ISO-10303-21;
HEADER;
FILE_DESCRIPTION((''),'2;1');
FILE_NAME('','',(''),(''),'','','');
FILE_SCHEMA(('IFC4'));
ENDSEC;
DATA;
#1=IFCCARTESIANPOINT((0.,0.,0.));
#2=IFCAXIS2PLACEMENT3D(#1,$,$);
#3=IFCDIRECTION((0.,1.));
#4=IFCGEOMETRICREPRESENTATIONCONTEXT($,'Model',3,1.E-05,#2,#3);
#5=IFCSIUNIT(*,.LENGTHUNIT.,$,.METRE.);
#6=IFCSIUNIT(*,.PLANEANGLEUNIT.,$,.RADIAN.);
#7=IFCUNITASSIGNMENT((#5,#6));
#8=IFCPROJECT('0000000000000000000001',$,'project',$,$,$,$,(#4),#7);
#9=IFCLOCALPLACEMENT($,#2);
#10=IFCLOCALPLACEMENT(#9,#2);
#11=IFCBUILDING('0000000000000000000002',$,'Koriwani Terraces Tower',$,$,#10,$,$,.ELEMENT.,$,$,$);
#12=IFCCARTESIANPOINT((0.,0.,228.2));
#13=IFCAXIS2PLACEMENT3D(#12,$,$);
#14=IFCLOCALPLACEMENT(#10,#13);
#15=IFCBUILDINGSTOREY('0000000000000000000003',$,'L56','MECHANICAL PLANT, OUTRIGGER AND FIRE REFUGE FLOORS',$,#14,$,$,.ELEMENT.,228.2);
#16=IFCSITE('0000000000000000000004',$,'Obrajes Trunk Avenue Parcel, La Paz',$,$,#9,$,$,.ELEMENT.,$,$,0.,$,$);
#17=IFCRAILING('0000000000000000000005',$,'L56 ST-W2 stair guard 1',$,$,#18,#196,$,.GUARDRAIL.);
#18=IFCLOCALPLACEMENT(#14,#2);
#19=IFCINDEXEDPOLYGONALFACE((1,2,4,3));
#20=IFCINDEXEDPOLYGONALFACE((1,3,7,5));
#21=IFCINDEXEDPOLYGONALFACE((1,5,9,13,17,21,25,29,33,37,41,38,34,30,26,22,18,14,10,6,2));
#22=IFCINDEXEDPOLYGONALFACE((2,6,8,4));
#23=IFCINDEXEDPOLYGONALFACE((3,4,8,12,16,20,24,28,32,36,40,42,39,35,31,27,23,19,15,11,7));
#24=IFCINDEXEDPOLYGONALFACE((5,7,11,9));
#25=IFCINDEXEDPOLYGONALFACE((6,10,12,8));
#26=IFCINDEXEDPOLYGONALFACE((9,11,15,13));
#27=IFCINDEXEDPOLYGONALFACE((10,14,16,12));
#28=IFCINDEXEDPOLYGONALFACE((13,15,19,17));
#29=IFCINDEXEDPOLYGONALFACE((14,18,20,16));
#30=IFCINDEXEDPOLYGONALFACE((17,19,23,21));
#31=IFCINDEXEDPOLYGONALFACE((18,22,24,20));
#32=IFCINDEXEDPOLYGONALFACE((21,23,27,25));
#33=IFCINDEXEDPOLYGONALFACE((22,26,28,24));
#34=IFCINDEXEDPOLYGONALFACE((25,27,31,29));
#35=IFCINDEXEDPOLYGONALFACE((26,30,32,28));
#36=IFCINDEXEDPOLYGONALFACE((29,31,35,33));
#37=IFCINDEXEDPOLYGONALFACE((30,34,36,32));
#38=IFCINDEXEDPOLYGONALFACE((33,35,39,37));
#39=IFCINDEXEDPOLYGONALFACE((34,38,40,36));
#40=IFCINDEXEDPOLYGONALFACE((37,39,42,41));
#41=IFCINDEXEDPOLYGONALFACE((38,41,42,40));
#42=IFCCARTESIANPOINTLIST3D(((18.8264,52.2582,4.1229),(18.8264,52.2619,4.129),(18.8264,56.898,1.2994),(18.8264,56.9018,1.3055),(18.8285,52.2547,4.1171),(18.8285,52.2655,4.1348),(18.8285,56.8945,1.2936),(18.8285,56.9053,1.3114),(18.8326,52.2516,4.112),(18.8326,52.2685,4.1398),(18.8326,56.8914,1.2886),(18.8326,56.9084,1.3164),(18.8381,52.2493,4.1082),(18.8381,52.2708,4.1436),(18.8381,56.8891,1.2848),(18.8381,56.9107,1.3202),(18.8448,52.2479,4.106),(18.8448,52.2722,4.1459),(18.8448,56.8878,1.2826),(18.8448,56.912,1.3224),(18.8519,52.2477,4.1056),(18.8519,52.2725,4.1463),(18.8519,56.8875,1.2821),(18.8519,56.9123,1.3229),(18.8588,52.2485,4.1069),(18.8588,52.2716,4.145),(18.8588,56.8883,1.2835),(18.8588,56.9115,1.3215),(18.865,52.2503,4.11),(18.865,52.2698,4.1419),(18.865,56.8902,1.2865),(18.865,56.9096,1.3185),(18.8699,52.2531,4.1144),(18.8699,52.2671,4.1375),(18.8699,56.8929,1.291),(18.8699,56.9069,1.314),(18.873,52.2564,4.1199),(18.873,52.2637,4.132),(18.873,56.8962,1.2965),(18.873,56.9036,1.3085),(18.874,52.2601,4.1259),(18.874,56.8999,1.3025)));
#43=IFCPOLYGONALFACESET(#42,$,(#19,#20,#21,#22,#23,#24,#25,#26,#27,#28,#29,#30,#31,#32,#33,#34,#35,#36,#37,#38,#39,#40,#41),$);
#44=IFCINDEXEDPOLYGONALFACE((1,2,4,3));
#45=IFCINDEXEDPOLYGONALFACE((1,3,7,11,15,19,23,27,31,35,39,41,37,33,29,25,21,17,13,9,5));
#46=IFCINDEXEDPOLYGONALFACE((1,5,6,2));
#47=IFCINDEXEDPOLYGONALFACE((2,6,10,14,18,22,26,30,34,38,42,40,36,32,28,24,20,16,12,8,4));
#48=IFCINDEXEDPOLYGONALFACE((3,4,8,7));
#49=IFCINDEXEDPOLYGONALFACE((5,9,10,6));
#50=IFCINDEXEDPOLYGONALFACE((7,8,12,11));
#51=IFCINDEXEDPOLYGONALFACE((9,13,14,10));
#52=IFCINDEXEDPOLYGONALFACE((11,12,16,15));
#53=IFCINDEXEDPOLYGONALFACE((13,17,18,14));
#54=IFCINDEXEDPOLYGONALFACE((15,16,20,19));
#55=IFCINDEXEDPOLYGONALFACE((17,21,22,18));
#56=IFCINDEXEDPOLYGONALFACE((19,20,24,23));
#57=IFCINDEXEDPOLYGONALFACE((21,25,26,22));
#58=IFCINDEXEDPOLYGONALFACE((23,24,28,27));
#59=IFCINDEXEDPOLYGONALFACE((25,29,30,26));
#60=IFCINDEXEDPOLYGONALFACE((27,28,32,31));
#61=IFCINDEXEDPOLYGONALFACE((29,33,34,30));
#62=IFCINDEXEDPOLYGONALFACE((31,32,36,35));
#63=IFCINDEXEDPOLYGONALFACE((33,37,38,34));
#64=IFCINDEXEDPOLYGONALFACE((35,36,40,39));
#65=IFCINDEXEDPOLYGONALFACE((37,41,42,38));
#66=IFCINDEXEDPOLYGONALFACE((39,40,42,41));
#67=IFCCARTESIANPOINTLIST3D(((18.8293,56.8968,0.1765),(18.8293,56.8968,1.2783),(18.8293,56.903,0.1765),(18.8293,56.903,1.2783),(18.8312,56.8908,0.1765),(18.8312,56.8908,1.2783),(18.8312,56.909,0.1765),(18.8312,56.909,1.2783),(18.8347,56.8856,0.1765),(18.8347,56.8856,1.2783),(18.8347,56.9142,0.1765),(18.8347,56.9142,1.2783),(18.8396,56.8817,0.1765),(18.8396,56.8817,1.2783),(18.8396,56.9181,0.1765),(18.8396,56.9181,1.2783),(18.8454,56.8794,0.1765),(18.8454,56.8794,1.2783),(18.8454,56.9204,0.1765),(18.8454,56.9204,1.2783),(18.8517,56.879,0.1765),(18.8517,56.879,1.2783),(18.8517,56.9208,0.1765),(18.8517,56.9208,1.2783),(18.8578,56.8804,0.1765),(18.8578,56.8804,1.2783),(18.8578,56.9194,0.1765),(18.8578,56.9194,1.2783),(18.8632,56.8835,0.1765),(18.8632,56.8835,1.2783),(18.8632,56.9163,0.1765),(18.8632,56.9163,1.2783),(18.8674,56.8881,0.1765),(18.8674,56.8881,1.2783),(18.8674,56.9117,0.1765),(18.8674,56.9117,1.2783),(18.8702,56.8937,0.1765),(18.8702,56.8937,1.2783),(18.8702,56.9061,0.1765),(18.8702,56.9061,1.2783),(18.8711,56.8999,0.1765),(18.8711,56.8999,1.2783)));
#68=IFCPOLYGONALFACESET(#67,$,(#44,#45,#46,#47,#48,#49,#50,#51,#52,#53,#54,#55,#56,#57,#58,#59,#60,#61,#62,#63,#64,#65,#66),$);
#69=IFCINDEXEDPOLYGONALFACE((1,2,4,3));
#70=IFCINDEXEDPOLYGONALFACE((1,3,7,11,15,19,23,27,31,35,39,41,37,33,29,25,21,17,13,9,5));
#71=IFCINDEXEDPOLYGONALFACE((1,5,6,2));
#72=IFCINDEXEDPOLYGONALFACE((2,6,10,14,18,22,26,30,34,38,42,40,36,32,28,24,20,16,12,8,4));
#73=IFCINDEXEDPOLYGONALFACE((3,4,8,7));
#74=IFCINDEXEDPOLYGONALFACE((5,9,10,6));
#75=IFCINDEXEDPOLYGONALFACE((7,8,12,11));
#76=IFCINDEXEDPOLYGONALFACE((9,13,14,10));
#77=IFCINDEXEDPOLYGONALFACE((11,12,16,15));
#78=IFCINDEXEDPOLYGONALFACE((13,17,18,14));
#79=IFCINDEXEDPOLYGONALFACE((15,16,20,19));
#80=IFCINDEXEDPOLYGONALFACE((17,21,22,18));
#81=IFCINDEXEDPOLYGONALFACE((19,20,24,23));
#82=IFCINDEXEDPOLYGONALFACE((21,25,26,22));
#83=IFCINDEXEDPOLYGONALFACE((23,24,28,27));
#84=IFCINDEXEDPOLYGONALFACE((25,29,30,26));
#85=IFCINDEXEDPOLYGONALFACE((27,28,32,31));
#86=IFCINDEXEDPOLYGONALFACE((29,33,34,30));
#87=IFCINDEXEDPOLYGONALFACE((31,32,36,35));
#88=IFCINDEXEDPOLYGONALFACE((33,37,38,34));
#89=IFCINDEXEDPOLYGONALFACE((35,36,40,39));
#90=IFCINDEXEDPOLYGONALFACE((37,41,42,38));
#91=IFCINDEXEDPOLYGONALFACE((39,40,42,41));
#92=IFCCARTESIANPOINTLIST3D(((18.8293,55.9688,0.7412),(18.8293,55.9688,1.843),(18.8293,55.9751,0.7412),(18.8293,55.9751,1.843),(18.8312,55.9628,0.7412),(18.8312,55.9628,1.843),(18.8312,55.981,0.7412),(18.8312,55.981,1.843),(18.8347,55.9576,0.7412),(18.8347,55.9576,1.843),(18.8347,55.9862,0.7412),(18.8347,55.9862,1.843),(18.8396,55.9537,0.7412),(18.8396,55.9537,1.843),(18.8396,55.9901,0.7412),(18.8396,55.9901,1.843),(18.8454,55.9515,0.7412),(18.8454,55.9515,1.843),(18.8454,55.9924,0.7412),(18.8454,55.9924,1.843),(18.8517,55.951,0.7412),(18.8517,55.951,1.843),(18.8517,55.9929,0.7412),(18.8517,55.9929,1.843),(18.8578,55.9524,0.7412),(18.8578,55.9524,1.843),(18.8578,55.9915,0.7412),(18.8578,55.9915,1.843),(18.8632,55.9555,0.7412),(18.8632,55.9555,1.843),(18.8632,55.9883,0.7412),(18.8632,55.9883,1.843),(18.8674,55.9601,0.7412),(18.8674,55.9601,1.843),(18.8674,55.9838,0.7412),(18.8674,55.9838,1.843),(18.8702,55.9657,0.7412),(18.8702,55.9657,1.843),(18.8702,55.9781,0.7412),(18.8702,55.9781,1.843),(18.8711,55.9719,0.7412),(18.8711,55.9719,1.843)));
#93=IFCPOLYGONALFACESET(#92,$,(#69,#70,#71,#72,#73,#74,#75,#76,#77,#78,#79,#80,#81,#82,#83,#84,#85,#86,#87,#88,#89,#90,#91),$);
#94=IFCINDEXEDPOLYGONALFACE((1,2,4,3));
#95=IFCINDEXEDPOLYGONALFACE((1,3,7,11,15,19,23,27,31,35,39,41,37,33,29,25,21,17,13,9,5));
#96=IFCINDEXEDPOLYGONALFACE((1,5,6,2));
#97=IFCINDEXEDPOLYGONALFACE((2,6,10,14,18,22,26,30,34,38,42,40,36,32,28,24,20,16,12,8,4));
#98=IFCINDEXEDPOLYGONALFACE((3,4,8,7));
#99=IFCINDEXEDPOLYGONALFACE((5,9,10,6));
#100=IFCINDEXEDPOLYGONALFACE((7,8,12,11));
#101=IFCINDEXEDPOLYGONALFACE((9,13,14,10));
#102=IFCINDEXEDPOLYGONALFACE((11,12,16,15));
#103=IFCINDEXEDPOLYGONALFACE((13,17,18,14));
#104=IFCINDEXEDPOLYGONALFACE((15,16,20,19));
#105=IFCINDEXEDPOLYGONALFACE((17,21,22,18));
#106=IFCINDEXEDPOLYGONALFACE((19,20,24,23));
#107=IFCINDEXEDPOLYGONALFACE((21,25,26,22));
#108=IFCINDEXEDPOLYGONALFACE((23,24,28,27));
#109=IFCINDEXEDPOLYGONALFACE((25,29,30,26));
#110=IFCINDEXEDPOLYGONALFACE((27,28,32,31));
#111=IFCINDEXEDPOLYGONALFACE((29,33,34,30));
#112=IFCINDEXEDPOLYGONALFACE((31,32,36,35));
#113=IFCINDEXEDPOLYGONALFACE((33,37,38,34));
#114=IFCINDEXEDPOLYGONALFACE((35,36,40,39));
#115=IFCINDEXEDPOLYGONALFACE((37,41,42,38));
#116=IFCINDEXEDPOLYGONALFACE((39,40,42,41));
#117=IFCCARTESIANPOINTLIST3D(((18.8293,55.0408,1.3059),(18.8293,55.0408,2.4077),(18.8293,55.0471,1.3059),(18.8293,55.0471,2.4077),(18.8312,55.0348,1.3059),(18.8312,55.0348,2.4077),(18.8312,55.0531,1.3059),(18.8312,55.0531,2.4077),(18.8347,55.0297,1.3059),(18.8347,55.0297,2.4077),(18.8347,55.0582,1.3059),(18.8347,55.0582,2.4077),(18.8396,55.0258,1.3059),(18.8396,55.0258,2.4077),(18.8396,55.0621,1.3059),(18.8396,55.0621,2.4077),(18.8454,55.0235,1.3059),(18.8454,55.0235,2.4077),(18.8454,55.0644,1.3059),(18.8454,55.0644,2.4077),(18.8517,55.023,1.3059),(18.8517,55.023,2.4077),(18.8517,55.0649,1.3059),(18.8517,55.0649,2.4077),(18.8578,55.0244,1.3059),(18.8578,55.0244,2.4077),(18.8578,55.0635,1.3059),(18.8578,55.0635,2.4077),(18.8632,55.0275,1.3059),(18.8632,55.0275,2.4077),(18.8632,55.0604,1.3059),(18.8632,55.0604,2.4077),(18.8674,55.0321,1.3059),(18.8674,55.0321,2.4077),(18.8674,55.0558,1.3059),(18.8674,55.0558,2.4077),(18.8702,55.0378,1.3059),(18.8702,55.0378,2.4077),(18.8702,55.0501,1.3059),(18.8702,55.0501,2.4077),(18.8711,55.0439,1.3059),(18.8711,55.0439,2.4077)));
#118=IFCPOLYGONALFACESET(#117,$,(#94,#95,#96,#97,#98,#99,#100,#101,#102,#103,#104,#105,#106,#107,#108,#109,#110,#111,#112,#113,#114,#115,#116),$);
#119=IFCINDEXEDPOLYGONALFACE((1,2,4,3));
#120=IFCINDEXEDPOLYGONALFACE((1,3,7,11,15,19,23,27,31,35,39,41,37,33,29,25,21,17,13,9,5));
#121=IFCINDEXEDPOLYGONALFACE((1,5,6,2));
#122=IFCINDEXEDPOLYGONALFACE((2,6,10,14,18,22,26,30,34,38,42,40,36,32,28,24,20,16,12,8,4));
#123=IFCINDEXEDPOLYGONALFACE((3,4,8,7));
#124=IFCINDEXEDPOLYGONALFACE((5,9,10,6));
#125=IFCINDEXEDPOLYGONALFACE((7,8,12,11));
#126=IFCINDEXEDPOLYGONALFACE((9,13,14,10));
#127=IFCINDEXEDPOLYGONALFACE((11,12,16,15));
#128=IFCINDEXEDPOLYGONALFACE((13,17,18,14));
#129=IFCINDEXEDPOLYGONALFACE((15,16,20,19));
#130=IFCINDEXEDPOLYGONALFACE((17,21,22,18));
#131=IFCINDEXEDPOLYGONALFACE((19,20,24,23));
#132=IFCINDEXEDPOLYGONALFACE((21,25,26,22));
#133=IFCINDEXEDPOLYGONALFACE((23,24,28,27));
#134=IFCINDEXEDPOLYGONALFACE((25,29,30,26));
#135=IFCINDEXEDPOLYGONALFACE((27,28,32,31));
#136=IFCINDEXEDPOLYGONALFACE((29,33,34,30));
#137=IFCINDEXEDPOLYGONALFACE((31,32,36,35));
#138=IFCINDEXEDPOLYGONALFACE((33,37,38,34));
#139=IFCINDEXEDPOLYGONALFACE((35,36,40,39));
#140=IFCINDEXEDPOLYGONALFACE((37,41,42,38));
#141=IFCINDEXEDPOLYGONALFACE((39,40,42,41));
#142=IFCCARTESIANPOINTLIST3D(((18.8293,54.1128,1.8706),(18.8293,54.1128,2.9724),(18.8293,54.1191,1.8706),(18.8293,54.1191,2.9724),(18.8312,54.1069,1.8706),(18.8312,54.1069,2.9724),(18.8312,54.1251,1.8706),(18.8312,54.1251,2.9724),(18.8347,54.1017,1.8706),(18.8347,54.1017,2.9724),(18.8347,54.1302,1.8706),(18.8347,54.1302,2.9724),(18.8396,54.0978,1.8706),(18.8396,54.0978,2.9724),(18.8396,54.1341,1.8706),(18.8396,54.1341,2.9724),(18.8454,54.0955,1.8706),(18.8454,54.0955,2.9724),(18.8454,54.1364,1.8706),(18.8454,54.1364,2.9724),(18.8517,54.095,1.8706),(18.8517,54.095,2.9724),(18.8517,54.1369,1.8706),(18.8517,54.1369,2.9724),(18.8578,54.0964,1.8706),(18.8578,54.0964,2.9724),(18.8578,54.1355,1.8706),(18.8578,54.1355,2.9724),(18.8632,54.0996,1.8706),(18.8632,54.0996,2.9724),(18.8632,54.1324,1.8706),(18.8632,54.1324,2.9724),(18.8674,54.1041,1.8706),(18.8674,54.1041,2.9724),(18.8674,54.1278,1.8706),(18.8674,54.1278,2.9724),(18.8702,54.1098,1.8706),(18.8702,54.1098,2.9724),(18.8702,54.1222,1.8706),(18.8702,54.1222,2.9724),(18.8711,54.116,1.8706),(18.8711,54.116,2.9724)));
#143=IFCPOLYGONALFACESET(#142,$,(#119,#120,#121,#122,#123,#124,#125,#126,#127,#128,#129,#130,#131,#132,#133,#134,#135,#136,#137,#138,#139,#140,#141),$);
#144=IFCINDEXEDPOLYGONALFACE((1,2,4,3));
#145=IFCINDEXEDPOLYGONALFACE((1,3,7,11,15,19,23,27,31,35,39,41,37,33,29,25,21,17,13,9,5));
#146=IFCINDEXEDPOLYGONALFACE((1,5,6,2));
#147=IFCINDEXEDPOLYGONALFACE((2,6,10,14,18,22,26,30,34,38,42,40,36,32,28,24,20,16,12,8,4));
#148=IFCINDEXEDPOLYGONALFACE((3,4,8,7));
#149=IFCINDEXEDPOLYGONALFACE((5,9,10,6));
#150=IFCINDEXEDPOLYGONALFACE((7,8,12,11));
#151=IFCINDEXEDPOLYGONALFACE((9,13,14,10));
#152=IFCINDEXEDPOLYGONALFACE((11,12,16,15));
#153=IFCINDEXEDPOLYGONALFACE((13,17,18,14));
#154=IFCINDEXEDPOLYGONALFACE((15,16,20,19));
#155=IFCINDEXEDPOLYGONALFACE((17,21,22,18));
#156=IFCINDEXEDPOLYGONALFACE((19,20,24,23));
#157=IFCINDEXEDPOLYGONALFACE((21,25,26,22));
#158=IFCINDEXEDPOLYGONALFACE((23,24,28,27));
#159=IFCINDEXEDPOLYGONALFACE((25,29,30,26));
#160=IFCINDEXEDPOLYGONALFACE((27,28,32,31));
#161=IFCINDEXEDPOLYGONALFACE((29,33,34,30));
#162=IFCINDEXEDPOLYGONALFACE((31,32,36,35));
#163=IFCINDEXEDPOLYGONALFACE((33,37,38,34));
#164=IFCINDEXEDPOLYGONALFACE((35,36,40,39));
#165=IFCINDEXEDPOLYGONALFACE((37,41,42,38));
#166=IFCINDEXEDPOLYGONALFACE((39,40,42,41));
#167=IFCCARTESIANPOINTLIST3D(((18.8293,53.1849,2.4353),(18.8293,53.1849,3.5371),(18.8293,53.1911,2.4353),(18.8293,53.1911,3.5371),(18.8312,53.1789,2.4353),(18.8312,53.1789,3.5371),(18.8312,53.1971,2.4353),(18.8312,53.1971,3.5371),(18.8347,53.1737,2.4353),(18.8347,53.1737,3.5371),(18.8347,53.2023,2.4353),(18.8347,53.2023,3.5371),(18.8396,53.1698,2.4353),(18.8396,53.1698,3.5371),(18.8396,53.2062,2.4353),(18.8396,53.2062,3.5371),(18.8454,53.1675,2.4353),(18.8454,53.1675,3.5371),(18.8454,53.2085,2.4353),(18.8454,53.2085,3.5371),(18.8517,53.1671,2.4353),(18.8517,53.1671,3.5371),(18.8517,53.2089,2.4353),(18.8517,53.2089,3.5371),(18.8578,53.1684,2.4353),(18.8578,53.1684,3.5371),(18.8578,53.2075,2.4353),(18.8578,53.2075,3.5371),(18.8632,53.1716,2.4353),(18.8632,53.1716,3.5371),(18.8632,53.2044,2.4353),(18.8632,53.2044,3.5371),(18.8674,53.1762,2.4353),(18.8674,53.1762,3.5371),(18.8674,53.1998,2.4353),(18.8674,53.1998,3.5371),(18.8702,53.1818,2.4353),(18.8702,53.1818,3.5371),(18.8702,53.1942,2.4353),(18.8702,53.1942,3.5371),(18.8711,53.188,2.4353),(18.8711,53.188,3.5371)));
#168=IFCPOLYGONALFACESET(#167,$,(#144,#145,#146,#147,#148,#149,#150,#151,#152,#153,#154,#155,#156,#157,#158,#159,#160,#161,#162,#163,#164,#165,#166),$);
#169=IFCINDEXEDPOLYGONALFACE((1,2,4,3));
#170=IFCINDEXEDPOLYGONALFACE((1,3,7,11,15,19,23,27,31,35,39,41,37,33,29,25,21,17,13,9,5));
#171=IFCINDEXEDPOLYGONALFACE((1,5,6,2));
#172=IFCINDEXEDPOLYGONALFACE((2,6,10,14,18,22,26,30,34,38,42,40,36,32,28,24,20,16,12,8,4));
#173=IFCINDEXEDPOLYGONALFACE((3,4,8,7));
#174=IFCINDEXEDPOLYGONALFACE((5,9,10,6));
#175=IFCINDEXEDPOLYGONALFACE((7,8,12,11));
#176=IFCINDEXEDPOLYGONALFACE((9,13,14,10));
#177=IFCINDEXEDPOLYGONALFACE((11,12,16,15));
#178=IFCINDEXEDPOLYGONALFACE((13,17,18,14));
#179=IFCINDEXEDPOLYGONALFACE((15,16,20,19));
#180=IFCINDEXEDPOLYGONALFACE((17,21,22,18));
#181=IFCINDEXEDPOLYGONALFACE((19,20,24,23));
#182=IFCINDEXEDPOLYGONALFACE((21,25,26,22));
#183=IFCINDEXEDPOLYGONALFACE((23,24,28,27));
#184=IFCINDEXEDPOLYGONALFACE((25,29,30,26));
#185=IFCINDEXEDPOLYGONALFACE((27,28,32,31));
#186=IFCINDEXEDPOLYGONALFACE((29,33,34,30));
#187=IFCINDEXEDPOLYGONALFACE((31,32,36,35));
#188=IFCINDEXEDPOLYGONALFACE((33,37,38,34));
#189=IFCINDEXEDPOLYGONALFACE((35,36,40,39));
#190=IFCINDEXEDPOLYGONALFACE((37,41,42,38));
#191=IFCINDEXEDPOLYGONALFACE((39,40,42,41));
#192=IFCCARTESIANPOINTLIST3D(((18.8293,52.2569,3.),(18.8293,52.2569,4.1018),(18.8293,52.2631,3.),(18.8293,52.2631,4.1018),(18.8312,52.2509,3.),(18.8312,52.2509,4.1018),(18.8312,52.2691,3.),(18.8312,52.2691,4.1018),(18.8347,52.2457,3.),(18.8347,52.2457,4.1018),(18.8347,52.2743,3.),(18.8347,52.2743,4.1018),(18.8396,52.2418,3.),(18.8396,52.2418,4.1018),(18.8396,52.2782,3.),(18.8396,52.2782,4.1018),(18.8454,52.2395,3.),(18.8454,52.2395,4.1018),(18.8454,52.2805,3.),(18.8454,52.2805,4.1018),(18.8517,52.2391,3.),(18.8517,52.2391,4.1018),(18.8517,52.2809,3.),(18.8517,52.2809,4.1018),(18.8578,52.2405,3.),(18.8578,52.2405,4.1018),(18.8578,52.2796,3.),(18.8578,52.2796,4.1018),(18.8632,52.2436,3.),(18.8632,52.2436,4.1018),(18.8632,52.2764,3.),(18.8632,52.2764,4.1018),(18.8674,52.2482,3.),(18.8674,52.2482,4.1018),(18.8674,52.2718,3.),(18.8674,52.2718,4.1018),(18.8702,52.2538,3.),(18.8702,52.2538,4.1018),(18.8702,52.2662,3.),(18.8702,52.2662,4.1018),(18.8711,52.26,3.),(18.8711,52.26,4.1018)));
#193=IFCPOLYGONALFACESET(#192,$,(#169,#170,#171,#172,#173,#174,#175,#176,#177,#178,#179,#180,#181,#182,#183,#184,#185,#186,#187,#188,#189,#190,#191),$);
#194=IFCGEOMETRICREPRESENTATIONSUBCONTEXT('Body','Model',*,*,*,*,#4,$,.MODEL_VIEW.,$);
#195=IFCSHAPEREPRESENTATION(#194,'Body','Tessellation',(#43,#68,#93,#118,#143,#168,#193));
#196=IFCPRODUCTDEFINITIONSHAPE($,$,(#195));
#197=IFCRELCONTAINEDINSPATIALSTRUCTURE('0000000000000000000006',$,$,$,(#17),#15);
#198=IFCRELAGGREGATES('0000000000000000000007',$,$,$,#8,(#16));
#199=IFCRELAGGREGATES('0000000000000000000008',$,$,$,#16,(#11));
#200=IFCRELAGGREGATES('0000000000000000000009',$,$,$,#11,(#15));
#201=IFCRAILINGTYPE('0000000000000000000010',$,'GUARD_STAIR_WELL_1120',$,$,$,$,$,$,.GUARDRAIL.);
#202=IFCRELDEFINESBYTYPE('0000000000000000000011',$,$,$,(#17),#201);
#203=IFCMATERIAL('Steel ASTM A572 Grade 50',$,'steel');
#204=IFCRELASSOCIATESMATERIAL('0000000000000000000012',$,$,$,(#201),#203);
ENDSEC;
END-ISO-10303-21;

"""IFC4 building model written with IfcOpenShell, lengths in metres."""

from ifc_helpers import new_model, si_unit, direction, frame, origin, origin_2d, place, context, subcontext, project, spatial, circle, extrude, material, type_object, element, save


model = new_model("IFC4")

# Units and contexts
model_context = context("Model", 3, precision=1e-05, world=origin(), true_north=direction((0.0, 1.0)))
body_context = subcontext(model_context, "Body", "Model", "MODEL_VIEW")
ifc_project = project(units=[si_unit("LENGTHUNIT", "METRE"), si_unit("PLANEANGLEUNIT", "RADIAN")], contexts=[model_context])

# Site, building, storey
site_placement = place(None, origin())
site = spatial("IfcSite", under=ifc_project, at=site_placement, Name="Obrajes Trunk Avenue Parcel, La Paz", CompositionType="ELEMENT", RefElevation=0.0)
building_placement = place(site_placement, origin())
building = spatial("IfcBuilding", under=site, at=building_placement, Name="Koriwani Terraces Tower", CompositionType="ELEMENT")
storey_placement = place(building_placement, frame((0.0, 0.0, 228.2)))
storey = spatial("IfcBuildingStorey", under=building, at=storey_placement, Name="L56", Description="MECHANICAL PLANT, OUTRIGGER AND FIRE REFUGE FLOORS", CompositionType="ELEMENT", Elevation=228.2)

# Shared definitions
ifc_material_1 = material(Name="Steel ASTM A572 Grade 50", Category="steel")

# Railing
railing_type_1 = type_object("IfcRailingType", Name="GUARD_STAIR_WELL_1120", PredefinedType="GUARDRAIL", material=ifc_material_1)
railing_1_placement = place(storey_placement, frame((18.8501, 56.8999, 0.1765)))
element("IfcRailing", 1, at=railing_1_placement, inside=storey, type_object=railing_type_1, Name="L56 ST-W2 stair guard 1", PredefinedType="GUARDRAIL", context=body_context, shape_type="SweptSolid", body=[
    extrude(circle(Radius=0.0239, at=origin_2d()), frame((0.0, 0.0, 1.126), z_axis=(0.0, -0.854264, 0.51984), x_axis=(1.0, 0.0, 0.0)), (0.0, 0.0, 1.0), 5.4314),
    extrude(circle(Radius=0.021, at=origin_2d()), origin(), (0.0, 0.0, 1.0), 1.1018),
    extrude(circle(Radius=0.021, at=origin_2d()), frame((0.0, -0.928, 0.5647)), (0.0, 0.0, 1.0), 1.1018),
    extrude(circle(Radius=0.021, at=origin_2d()), frame((0.0, -1.856, 1.1294)), (0.0, 0.0, 1.0), 1.1018),
    extrude(circle(Radius=0.021, at=origin_2d()), frame((0.0, -2.7839, 1.6941)), (0.0, 0.0, 1.0), 1.1018),
    extrude(circle(Radius=0.021, at=origin_2d()), frame((0.0, -3.7119, 2.2588)), (0.0, 0.0, 1.0), 1.1018),
    extrude(circle(Radius=0.021, at=origin_2d()), frame((0.0, -4.6399, 2.8235)), (0.0, 0.0, 1.0), 1.1018),
])

save(model, "model.ifc")
